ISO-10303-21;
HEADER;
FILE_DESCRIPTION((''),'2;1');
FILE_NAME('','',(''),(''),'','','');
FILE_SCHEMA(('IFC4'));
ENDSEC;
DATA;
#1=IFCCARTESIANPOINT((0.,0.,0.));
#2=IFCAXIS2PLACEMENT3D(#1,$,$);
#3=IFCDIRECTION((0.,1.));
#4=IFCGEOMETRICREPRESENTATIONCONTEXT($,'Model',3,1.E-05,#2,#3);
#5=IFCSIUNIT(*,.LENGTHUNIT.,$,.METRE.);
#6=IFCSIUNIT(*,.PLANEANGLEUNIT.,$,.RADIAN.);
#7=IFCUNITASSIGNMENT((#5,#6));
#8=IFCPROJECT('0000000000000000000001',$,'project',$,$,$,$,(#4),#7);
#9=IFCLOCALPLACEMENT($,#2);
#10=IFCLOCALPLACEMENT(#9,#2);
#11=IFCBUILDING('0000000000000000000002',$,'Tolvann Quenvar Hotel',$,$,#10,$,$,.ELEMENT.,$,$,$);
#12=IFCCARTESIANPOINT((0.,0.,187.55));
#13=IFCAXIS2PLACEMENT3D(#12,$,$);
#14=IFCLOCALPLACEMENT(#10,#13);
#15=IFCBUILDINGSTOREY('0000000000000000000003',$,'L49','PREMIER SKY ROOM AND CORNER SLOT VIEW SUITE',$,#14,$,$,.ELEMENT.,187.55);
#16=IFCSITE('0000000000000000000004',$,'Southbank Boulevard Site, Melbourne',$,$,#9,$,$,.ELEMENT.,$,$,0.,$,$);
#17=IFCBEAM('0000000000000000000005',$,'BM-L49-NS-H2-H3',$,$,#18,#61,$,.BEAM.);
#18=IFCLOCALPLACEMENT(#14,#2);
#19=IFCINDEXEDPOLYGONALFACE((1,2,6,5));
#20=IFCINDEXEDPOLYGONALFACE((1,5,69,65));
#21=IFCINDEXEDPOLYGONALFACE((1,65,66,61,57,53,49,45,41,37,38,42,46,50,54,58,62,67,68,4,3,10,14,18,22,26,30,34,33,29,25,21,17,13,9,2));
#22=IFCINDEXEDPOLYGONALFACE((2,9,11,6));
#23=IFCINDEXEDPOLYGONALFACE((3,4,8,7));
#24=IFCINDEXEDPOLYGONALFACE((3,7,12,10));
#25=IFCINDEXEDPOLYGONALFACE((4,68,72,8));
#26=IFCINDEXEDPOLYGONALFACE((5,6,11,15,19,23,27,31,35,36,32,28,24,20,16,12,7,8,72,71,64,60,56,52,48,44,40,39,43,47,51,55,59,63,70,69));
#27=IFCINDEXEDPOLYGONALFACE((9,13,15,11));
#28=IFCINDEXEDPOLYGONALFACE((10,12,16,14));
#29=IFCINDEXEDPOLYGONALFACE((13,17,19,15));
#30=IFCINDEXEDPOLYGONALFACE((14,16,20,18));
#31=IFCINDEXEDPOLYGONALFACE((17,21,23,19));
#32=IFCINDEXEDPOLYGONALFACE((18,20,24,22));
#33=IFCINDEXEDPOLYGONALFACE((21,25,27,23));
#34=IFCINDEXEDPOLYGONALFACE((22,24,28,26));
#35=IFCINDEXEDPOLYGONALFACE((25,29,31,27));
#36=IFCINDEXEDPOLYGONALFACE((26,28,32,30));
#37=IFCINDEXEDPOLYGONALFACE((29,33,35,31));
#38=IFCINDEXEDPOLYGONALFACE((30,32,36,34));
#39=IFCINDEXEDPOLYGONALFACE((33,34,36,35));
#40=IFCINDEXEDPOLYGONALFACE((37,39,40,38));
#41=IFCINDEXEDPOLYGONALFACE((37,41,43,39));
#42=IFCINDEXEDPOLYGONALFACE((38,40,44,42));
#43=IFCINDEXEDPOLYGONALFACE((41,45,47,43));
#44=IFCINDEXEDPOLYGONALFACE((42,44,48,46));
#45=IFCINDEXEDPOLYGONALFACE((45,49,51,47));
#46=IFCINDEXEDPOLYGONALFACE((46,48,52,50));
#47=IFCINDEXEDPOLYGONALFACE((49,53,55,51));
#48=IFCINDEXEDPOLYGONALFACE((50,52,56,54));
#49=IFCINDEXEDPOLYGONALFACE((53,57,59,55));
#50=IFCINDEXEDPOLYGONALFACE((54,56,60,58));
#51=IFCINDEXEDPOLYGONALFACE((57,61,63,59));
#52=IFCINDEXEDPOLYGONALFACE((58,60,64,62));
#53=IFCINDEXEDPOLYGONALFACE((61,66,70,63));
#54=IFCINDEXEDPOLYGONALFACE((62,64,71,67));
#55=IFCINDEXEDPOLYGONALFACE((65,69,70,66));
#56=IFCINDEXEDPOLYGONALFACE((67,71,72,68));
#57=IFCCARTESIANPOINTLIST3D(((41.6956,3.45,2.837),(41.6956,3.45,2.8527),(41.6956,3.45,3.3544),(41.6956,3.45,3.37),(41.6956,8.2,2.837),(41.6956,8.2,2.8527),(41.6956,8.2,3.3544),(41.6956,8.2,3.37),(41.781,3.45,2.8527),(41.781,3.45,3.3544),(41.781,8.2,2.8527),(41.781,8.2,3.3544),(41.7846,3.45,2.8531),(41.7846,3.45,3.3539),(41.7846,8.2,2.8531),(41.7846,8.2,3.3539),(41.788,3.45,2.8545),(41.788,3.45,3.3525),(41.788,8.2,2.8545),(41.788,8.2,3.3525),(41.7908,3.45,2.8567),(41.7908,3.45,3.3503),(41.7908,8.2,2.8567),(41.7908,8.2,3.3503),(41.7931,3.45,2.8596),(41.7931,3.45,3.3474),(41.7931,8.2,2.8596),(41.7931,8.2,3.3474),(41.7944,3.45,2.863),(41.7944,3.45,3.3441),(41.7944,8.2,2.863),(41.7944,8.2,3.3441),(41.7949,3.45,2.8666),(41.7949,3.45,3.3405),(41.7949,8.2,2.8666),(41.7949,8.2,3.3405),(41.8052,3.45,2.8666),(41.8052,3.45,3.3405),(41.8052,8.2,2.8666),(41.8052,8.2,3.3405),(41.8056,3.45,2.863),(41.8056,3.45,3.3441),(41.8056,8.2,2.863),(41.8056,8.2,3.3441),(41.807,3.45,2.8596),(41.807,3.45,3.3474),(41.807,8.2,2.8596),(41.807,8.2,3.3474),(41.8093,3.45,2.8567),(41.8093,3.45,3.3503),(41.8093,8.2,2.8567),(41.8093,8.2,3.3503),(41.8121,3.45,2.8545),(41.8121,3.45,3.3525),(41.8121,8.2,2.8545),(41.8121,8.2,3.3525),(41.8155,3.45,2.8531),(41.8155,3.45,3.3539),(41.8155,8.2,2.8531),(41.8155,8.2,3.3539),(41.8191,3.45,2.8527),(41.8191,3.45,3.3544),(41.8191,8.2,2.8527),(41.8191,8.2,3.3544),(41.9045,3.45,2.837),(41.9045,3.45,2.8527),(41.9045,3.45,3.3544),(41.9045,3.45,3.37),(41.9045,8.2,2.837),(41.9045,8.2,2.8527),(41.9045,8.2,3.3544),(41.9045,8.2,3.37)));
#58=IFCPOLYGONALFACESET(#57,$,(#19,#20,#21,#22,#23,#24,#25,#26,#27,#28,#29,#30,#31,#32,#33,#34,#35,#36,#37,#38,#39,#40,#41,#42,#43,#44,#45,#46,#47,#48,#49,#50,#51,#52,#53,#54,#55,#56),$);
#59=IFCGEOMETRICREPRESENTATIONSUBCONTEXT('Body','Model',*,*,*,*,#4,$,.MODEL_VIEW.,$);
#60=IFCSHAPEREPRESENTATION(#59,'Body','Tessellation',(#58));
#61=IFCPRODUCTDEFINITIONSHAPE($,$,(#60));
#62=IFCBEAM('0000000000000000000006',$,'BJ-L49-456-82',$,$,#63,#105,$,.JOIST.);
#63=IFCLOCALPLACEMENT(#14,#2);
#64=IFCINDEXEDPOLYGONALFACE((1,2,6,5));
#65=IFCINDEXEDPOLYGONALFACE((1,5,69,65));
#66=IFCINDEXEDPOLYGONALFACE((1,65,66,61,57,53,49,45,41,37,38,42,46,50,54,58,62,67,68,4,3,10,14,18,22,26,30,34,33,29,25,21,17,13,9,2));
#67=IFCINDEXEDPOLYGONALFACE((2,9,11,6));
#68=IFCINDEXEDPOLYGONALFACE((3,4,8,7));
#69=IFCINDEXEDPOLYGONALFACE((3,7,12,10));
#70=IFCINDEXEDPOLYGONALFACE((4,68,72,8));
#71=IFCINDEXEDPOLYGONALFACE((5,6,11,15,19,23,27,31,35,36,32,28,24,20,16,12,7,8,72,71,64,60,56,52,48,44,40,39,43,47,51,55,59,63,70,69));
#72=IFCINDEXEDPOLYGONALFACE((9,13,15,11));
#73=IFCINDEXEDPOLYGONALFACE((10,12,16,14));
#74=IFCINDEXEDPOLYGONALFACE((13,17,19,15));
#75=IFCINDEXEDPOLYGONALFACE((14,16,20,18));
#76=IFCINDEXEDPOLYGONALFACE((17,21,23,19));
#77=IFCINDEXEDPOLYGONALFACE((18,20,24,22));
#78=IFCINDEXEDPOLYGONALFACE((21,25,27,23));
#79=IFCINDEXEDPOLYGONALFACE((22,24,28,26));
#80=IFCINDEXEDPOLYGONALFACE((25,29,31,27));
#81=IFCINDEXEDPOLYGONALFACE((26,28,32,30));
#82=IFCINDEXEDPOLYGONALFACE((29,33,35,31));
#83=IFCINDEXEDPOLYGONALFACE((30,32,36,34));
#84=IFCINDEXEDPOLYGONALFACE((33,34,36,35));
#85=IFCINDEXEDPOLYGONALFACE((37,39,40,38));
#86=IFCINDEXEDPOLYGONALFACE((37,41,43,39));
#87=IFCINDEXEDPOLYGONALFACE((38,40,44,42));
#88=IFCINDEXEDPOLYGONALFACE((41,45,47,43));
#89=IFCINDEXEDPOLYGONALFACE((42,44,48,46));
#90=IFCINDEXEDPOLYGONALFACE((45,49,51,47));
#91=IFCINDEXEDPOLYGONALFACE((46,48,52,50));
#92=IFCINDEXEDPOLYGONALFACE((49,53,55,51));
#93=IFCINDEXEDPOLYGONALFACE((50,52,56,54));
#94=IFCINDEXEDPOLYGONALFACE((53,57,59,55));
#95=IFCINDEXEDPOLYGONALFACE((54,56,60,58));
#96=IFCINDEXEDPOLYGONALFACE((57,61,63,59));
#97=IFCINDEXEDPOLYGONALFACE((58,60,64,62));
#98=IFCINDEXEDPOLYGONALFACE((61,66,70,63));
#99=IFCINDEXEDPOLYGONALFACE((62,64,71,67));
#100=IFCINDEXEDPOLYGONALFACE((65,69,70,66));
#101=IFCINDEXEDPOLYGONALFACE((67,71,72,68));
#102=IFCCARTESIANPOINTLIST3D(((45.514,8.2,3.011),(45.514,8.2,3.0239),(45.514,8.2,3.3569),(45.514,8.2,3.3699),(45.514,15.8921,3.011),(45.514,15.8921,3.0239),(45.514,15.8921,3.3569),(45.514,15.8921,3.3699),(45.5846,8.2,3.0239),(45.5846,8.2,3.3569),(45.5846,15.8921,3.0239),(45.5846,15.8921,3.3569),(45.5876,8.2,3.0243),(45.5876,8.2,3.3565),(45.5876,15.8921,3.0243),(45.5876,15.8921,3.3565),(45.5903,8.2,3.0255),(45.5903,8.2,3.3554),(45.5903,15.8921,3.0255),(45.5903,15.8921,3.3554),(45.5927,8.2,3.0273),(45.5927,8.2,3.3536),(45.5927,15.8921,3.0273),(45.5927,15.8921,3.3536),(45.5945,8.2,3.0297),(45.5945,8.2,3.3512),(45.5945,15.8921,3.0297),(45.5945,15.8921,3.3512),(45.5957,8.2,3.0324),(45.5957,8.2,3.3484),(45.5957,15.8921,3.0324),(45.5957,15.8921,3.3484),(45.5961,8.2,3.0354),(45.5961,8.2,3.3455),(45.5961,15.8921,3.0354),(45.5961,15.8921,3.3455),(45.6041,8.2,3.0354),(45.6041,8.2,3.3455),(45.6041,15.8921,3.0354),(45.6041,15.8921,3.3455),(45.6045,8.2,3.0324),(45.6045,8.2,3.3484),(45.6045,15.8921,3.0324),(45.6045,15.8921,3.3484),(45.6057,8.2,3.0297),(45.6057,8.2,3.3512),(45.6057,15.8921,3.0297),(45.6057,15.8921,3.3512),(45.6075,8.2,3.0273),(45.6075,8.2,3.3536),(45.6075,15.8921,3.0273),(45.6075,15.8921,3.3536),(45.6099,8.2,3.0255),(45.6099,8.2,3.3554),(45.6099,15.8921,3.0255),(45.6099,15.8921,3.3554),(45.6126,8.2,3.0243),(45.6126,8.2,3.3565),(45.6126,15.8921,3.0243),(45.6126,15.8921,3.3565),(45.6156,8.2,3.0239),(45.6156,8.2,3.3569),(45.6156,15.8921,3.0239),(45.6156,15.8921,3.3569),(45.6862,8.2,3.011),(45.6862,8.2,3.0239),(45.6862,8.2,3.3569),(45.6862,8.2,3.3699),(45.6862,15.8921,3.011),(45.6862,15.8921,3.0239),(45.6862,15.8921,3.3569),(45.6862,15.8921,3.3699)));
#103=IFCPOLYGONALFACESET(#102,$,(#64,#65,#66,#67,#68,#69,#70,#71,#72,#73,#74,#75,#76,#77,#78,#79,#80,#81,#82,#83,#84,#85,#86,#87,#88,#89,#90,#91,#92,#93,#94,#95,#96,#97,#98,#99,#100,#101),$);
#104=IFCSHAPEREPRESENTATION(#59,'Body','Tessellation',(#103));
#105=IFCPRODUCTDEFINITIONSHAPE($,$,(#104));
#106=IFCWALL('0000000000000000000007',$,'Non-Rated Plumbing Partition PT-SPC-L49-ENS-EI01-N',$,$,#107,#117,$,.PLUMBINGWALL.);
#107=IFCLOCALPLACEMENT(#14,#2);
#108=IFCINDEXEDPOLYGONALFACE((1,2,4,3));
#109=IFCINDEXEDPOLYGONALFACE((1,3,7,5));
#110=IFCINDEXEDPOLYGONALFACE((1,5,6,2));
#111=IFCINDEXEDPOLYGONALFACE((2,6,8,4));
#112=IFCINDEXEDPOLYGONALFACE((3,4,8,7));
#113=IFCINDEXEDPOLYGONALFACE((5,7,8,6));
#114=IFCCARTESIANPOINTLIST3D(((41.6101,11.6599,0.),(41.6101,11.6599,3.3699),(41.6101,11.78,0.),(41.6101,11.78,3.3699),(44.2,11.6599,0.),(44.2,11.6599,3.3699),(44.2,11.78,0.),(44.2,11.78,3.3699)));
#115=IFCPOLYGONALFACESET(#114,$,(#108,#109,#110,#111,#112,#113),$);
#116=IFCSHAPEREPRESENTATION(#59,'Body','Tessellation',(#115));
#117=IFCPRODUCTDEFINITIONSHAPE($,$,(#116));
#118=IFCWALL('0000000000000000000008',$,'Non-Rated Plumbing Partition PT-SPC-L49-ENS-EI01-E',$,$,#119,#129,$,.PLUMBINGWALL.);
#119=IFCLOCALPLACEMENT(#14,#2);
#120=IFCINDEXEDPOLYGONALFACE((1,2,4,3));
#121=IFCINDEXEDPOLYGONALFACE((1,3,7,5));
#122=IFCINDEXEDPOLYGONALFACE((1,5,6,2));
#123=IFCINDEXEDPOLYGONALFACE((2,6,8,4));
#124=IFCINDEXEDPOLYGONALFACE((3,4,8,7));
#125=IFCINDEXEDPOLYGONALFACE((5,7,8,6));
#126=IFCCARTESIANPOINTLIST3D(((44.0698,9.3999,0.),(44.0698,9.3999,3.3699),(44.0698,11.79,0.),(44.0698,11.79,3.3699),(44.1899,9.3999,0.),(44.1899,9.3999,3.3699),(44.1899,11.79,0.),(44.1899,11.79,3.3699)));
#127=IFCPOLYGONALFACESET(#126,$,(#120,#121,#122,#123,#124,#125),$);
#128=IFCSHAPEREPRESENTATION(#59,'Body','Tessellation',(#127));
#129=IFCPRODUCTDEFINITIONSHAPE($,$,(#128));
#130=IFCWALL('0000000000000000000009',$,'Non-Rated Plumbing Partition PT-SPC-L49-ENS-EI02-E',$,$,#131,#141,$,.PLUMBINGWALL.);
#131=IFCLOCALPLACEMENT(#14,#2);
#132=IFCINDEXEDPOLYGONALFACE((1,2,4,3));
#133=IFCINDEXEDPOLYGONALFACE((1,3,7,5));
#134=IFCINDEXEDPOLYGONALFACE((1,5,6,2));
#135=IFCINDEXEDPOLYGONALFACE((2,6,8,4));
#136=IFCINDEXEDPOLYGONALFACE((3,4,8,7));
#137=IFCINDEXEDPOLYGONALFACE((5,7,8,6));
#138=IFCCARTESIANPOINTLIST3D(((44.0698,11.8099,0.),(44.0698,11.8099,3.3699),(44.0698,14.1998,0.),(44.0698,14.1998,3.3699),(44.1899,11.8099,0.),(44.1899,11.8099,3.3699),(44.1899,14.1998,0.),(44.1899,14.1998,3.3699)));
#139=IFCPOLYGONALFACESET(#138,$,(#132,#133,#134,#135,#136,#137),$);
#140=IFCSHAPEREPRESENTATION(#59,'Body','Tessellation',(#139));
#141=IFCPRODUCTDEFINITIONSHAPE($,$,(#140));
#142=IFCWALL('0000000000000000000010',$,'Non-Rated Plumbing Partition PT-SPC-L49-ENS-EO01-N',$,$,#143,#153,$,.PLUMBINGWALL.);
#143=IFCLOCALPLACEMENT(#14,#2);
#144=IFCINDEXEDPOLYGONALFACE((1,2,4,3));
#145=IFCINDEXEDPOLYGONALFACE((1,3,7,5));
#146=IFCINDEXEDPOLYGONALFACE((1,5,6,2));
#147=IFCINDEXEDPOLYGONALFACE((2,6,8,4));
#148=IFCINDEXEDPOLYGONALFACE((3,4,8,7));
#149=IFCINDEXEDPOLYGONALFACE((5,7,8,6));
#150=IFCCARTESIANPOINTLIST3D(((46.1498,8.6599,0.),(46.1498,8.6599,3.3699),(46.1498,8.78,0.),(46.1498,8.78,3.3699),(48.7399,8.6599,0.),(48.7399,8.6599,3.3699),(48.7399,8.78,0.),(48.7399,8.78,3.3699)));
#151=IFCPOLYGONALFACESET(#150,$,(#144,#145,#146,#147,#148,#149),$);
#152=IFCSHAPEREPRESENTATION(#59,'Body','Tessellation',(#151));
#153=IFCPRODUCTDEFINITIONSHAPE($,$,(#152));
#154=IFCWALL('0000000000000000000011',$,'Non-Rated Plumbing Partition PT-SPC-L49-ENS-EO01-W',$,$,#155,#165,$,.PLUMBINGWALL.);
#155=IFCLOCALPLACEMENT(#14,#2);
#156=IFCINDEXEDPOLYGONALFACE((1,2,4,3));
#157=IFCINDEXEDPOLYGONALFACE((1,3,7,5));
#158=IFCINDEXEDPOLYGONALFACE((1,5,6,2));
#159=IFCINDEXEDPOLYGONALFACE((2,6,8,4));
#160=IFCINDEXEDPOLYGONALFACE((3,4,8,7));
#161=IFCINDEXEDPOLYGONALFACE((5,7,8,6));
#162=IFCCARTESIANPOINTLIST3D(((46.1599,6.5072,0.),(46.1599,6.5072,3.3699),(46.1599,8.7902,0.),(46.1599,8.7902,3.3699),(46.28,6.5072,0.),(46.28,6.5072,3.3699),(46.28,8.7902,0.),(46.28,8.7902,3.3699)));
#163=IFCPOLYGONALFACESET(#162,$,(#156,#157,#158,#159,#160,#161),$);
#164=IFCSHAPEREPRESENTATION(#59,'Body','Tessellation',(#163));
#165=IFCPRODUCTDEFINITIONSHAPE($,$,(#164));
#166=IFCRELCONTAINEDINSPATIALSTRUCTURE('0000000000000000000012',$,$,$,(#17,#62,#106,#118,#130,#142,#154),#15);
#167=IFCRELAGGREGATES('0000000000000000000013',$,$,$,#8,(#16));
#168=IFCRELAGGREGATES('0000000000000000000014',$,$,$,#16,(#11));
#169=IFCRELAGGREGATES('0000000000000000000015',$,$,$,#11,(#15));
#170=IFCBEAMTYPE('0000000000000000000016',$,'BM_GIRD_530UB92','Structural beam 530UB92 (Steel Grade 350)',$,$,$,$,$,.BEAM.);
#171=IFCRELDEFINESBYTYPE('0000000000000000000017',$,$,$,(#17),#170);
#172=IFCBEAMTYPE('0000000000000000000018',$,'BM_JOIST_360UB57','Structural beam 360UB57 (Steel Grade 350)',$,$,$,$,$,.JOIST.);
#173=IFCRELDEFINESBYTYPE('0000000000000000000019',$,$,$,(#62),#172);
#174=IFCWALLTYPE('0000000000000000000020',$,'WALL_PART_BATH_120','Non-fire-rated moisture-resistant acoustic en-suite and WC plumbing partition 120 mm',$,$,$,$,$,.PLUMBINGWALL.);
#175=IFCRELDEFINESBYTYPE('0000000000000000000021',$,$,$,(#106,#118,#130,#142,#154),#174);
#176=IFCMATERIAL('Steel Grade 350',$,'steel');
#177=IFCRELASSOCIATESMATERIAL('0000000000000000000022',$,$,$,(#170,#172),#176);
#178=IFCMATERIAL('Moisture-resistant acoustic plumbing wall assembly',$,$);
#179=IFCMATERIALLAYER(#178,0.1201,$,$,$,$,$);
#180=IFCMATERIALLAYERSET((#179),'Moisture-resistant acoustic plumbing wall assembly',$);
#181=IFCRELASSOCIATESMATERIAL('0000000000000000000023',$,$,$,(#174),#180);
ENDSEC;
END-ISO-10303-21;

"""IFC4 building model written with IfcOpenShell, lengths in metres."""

from ifc_helpers import new_model, si_unit, direction, frame, frame_2d, origin, origin_2d, place, context, subcontext, project, spatial, rectangle, i_section, extrude, source, transform, mapped, material, layer, layer_set, material_profile, profile_set, type_object, type_shapes, element, save


model = new_model("IFC4")

# Units and contexts
model_context = context("Model", 3, precision=1e-05, world=origin(), true_north=direction((0.0, 1.0)))
body_context = subcontext(model_context, "Body", "Model", "MODEL_VIEW")
ifc_project = project(units=[si_unit("LENGTHUNIT", "METRE"), si_unit("PLANEANGLEUNIT", "RADIAN")], contexts=[model_context])

# Site, building, storey
site_placement = place(None, origin())
site = spatial("IfcSite", under=ifc_project, at=site_placement, Name="Southbank Boulevard Site, Melbourne", CompositionType="ELEMENT", RefElevation=0.0)
building_placement = place(site_placement, origin())
building = spatial("IfcBuilding", under=site, at=building_placement, Name="Tolvann Quenvar Hotel", CompositionType="ELEMENT")
storey_placement = place(building_placement, frame((0.0, 0.0, 187.55)))
storey = spatial("IfcBuildingStorey", under=building, at=storey_placement, Name="L49", Description="PREMIER SKY ROOM AND CORNER SLOT VIEW SUITE", CompositionType="ELEMENT", Elevation=187.55)

# Shared definitions
ifc_material_1 = material(Name="Steel Grade 350", Category="steel")

# Beams
ifc_material_profile_1 = material_profile(ifc_material_1, i_section(OverallWidth=0.209, OverallDepth=0.533, WebThickness=0.0103, FlangeThickness=0.0156, FilletRadius=0.0139, at=origin_2d()), Name="530UB92")
ifc_profile_set_1 = profile_set([ifc_material_profile_1], Name="Steel Grade 350")
beam_type_1 = type_object("IfcBeamType", Name="BM_GIRD_530UB92", Description="Structural beam 530UB92 (Steel Grade 350)", PredefinedType="BEAM", material=ifc_profile_set_1)
shared_shape_1 = source(origin(), body_context, "Body", "SweptSolid", [
    extrude(i_section(OverallWidth=0.209, OverallDepth=0.533, WebThickness=0.0103, FlangeThickness=0.0156, FilletRadius=0.0139, at=origin_2d()), origin(), (0.0, 0.0, 1.0), 4.75),
])
beam_1_placement = place(storey_placement, frame((41.8, 3.45, 3.1035), z_axis=(0.0, 1.0, 0.0), x_axis=(-1.0, 0.0, 0.0)))
element("IfcBeam", 1, at=beam_1_placement, inside=storey, type_object=beam_type_1, Name="BM-L49-NS-H2-H3", PredefinedType="BEAM", context=body_context, shape_type="MappedRepresentation", body=[
    mapped(shared_shape_1, transform((0.0, 0.0, 0.0), x_axis=(1.0, 0.0, 0.0), y_axis=(0.0, 1.0, 0.0), z_axis=(0.0, 0.0, 1.0), scale=1.0)),
])
ifc_material_profile_2 = material_profile(ifc_material_1, i_section(OverallWidth=0.1721, OverallDepth=0.3589, WebThickness=0.0081, FlangeThickness=0.0129, FilletRadius=0.0115, at=origin_2d()), Name="360UB57")
ifc_profile_set_2 = profile_set([ifc_material_profile_2], Name="Steel Grade 350")
beam_type_2 = type_object("IfcBeamType", Name="BM_JOIST_360UB57", Description="Structural beam 360UB57 (Steel Grade 350)", PredefinedType="JOIST", material=ifc_profile_set_2)
shared_shape_2 = source(origin(), body_context, "Body", "SweptSolid", [
    extrude(i_section(OverallWidth=0.1721, OverallDepth=0.3589, WebThickness=0.0081, FlangeThickness=0.0129, FilletRadius=0.0115, at=origin_2d()), origin(), (0.0, 0.0, 1.0), 7.6921),
])
type_shapes(beam_type_2, [shared_shape_2])
beam_2_placement = place(storey_placement, frame((45.6001, 8.2, 3.1904), z_axis=(0.0, 1.0, 0.0), x_axis=(-1.0, 0.0, 0.0)))
element("IfcBeam", 2, at=beam_2_placement, inside=storey, type_object=beam_type_2, Name="BJ-L49-456-82", PredefinedType="JOIST", context=body_context, shape_type="MappedRepresentation", body=[
    mapped(shared_shape_2, transform((0.0, 0.0, 0.0), x_axis=(1.0, 0.0, 0.0), y_axis=(0.0, 1.0, 0.0), z_axis=(0.0, 0.0, 1.0), scale=1.0)),
])

# Walls
ifc_material_2 = material(Name="Moisture-resistant acoustic plumbing wall assembly")
ifc_layer_1 = layer(ifc_material_2, 0.1201)
ifc_layer_set_1 = layer_set([ifc_layer_1], Name="Moisture-resistant acoustic plumbing wall assembly")
wall_type_1 = type_object("IfcWallType", Name="WALL_PART_BATH_120", Description="Non-fire-rated moisture-resistant acoustic en-suite and WC plumbing partition 120 mm", PredefinedType="PLUMBINGWALL", material=ifc_layer_set_1)
wall_1_placement = place(storey_placement, frame((41.6101, 11.72, 0.0), z_axis=(0.0, 0.0, 1.0), x_axis=(1.0, 0.0, 0.0)))
element("IfcWall", 3, at=wall_1_placement, inside=storey, type_object=wall_type_1, Name="Non-Rated Plumbing Partition PT-SPC-L49-ENS-EI01-N", PredefinedType="PLUMBINGWALL", context=body_context, shape_type="SweptSolid", body=[
    extrude(rectangle(XDim=2.5898, YDim=0.1201, at=frame_2d((1.2949, 0.0))), origin(), (0.0, 0.0, 1.0), 3.3699),
])
wall_2_placement = place(storey_placement, frame((44.1299, 9.3999, 0.0), z_axis=(0.0, 0.0, 1.0), x_axis=(0.0, 1.0, 0.0)))
element("IfcWall", 4, at=wall_2_placement, inside=storey, type_object=wall_type_1, Name="Non-Rated Plumbing Partition PT-SPC-L49-ENS-EI01-E", PredefinedType="PLUMBINGWALL", context=body_context, shape_type="SweptSolid", body=[
    extrude(rectangle(XDim=2.3901, YDim=0.1201, at=frame_2d((1.1951, 0.0))), origin(), (0.0, 0.0, 1.0), 3.3699),
])
wall_3_placement = place(storey_placement, frame((44.1299, 11.8101, 0.0), z_axis=(0.0, 0.0, 1.0), x_axis=(0.0, 1.0, 0.0)))
element("IfcWall", 5, at=wall_3_placement, inside=storey, type_object=wall_type_1, Name="Non-Rated Plumbing Partition PT-SPC-L49-ENS-EI02-E", PredefinedType="PLUMBINGWALL", context=body_context, shape_type="SweptSolid", body=[
    extrude(rectangle(XDim=2.3899, YDim=0.1201, at=frame_2d((1.1948, 0.0))), origin(), (0.0, 0.0, 1.0), 3.3699),
])
wall_4_placement = place(storey_placement, frame((46.1499, 8.72, 0.0), z_axis=(0.0, 0.0, 1.0), x_axis=(1.0, 0.0, 0.0)))
element("IfcWall", 6, at=wall_4_placement, inside=storey, type_object=wall_type_1, Name="Non-Rated Plumbing Partition PT-SPC-L49-ENS-EO01-N", PredefinedType="PLUMBINGWALL", context=body_context, shape_type="SweptSolid", body=[
    extrude(rectangle(XDim=2.5901, YDim=0.1201, at=frame_2d((1.2949, 0.0))), origin(), (0.0, 0.0, 1.0), 3.3699),
])
wall_5_placement = place(storey_placement, frame((46.22, 6.5071, 0.0), z_axis=(0.0, 0.0, 1.0), x_axis=(0.0, 1.0, 0.0)))
element("IfcWall", 7, at=wall_5_placement, inside=storey, type_object=wall_type_1, Name="Non-Rated Plumbing Partition PT-SPC-L49-ENS-EO01-W", PredefinedType="PLUMBINGWALL", context=body_context, shape_type="SweptSolid", body=[
    extrude(rectangle(XDim=2.283, YDim=0.1201, at=frame_2d((1.1416, 0.0))), origin(), (0.0, 0.0, 1.0), 3.3699),
])

save(model, "model.ifc")
